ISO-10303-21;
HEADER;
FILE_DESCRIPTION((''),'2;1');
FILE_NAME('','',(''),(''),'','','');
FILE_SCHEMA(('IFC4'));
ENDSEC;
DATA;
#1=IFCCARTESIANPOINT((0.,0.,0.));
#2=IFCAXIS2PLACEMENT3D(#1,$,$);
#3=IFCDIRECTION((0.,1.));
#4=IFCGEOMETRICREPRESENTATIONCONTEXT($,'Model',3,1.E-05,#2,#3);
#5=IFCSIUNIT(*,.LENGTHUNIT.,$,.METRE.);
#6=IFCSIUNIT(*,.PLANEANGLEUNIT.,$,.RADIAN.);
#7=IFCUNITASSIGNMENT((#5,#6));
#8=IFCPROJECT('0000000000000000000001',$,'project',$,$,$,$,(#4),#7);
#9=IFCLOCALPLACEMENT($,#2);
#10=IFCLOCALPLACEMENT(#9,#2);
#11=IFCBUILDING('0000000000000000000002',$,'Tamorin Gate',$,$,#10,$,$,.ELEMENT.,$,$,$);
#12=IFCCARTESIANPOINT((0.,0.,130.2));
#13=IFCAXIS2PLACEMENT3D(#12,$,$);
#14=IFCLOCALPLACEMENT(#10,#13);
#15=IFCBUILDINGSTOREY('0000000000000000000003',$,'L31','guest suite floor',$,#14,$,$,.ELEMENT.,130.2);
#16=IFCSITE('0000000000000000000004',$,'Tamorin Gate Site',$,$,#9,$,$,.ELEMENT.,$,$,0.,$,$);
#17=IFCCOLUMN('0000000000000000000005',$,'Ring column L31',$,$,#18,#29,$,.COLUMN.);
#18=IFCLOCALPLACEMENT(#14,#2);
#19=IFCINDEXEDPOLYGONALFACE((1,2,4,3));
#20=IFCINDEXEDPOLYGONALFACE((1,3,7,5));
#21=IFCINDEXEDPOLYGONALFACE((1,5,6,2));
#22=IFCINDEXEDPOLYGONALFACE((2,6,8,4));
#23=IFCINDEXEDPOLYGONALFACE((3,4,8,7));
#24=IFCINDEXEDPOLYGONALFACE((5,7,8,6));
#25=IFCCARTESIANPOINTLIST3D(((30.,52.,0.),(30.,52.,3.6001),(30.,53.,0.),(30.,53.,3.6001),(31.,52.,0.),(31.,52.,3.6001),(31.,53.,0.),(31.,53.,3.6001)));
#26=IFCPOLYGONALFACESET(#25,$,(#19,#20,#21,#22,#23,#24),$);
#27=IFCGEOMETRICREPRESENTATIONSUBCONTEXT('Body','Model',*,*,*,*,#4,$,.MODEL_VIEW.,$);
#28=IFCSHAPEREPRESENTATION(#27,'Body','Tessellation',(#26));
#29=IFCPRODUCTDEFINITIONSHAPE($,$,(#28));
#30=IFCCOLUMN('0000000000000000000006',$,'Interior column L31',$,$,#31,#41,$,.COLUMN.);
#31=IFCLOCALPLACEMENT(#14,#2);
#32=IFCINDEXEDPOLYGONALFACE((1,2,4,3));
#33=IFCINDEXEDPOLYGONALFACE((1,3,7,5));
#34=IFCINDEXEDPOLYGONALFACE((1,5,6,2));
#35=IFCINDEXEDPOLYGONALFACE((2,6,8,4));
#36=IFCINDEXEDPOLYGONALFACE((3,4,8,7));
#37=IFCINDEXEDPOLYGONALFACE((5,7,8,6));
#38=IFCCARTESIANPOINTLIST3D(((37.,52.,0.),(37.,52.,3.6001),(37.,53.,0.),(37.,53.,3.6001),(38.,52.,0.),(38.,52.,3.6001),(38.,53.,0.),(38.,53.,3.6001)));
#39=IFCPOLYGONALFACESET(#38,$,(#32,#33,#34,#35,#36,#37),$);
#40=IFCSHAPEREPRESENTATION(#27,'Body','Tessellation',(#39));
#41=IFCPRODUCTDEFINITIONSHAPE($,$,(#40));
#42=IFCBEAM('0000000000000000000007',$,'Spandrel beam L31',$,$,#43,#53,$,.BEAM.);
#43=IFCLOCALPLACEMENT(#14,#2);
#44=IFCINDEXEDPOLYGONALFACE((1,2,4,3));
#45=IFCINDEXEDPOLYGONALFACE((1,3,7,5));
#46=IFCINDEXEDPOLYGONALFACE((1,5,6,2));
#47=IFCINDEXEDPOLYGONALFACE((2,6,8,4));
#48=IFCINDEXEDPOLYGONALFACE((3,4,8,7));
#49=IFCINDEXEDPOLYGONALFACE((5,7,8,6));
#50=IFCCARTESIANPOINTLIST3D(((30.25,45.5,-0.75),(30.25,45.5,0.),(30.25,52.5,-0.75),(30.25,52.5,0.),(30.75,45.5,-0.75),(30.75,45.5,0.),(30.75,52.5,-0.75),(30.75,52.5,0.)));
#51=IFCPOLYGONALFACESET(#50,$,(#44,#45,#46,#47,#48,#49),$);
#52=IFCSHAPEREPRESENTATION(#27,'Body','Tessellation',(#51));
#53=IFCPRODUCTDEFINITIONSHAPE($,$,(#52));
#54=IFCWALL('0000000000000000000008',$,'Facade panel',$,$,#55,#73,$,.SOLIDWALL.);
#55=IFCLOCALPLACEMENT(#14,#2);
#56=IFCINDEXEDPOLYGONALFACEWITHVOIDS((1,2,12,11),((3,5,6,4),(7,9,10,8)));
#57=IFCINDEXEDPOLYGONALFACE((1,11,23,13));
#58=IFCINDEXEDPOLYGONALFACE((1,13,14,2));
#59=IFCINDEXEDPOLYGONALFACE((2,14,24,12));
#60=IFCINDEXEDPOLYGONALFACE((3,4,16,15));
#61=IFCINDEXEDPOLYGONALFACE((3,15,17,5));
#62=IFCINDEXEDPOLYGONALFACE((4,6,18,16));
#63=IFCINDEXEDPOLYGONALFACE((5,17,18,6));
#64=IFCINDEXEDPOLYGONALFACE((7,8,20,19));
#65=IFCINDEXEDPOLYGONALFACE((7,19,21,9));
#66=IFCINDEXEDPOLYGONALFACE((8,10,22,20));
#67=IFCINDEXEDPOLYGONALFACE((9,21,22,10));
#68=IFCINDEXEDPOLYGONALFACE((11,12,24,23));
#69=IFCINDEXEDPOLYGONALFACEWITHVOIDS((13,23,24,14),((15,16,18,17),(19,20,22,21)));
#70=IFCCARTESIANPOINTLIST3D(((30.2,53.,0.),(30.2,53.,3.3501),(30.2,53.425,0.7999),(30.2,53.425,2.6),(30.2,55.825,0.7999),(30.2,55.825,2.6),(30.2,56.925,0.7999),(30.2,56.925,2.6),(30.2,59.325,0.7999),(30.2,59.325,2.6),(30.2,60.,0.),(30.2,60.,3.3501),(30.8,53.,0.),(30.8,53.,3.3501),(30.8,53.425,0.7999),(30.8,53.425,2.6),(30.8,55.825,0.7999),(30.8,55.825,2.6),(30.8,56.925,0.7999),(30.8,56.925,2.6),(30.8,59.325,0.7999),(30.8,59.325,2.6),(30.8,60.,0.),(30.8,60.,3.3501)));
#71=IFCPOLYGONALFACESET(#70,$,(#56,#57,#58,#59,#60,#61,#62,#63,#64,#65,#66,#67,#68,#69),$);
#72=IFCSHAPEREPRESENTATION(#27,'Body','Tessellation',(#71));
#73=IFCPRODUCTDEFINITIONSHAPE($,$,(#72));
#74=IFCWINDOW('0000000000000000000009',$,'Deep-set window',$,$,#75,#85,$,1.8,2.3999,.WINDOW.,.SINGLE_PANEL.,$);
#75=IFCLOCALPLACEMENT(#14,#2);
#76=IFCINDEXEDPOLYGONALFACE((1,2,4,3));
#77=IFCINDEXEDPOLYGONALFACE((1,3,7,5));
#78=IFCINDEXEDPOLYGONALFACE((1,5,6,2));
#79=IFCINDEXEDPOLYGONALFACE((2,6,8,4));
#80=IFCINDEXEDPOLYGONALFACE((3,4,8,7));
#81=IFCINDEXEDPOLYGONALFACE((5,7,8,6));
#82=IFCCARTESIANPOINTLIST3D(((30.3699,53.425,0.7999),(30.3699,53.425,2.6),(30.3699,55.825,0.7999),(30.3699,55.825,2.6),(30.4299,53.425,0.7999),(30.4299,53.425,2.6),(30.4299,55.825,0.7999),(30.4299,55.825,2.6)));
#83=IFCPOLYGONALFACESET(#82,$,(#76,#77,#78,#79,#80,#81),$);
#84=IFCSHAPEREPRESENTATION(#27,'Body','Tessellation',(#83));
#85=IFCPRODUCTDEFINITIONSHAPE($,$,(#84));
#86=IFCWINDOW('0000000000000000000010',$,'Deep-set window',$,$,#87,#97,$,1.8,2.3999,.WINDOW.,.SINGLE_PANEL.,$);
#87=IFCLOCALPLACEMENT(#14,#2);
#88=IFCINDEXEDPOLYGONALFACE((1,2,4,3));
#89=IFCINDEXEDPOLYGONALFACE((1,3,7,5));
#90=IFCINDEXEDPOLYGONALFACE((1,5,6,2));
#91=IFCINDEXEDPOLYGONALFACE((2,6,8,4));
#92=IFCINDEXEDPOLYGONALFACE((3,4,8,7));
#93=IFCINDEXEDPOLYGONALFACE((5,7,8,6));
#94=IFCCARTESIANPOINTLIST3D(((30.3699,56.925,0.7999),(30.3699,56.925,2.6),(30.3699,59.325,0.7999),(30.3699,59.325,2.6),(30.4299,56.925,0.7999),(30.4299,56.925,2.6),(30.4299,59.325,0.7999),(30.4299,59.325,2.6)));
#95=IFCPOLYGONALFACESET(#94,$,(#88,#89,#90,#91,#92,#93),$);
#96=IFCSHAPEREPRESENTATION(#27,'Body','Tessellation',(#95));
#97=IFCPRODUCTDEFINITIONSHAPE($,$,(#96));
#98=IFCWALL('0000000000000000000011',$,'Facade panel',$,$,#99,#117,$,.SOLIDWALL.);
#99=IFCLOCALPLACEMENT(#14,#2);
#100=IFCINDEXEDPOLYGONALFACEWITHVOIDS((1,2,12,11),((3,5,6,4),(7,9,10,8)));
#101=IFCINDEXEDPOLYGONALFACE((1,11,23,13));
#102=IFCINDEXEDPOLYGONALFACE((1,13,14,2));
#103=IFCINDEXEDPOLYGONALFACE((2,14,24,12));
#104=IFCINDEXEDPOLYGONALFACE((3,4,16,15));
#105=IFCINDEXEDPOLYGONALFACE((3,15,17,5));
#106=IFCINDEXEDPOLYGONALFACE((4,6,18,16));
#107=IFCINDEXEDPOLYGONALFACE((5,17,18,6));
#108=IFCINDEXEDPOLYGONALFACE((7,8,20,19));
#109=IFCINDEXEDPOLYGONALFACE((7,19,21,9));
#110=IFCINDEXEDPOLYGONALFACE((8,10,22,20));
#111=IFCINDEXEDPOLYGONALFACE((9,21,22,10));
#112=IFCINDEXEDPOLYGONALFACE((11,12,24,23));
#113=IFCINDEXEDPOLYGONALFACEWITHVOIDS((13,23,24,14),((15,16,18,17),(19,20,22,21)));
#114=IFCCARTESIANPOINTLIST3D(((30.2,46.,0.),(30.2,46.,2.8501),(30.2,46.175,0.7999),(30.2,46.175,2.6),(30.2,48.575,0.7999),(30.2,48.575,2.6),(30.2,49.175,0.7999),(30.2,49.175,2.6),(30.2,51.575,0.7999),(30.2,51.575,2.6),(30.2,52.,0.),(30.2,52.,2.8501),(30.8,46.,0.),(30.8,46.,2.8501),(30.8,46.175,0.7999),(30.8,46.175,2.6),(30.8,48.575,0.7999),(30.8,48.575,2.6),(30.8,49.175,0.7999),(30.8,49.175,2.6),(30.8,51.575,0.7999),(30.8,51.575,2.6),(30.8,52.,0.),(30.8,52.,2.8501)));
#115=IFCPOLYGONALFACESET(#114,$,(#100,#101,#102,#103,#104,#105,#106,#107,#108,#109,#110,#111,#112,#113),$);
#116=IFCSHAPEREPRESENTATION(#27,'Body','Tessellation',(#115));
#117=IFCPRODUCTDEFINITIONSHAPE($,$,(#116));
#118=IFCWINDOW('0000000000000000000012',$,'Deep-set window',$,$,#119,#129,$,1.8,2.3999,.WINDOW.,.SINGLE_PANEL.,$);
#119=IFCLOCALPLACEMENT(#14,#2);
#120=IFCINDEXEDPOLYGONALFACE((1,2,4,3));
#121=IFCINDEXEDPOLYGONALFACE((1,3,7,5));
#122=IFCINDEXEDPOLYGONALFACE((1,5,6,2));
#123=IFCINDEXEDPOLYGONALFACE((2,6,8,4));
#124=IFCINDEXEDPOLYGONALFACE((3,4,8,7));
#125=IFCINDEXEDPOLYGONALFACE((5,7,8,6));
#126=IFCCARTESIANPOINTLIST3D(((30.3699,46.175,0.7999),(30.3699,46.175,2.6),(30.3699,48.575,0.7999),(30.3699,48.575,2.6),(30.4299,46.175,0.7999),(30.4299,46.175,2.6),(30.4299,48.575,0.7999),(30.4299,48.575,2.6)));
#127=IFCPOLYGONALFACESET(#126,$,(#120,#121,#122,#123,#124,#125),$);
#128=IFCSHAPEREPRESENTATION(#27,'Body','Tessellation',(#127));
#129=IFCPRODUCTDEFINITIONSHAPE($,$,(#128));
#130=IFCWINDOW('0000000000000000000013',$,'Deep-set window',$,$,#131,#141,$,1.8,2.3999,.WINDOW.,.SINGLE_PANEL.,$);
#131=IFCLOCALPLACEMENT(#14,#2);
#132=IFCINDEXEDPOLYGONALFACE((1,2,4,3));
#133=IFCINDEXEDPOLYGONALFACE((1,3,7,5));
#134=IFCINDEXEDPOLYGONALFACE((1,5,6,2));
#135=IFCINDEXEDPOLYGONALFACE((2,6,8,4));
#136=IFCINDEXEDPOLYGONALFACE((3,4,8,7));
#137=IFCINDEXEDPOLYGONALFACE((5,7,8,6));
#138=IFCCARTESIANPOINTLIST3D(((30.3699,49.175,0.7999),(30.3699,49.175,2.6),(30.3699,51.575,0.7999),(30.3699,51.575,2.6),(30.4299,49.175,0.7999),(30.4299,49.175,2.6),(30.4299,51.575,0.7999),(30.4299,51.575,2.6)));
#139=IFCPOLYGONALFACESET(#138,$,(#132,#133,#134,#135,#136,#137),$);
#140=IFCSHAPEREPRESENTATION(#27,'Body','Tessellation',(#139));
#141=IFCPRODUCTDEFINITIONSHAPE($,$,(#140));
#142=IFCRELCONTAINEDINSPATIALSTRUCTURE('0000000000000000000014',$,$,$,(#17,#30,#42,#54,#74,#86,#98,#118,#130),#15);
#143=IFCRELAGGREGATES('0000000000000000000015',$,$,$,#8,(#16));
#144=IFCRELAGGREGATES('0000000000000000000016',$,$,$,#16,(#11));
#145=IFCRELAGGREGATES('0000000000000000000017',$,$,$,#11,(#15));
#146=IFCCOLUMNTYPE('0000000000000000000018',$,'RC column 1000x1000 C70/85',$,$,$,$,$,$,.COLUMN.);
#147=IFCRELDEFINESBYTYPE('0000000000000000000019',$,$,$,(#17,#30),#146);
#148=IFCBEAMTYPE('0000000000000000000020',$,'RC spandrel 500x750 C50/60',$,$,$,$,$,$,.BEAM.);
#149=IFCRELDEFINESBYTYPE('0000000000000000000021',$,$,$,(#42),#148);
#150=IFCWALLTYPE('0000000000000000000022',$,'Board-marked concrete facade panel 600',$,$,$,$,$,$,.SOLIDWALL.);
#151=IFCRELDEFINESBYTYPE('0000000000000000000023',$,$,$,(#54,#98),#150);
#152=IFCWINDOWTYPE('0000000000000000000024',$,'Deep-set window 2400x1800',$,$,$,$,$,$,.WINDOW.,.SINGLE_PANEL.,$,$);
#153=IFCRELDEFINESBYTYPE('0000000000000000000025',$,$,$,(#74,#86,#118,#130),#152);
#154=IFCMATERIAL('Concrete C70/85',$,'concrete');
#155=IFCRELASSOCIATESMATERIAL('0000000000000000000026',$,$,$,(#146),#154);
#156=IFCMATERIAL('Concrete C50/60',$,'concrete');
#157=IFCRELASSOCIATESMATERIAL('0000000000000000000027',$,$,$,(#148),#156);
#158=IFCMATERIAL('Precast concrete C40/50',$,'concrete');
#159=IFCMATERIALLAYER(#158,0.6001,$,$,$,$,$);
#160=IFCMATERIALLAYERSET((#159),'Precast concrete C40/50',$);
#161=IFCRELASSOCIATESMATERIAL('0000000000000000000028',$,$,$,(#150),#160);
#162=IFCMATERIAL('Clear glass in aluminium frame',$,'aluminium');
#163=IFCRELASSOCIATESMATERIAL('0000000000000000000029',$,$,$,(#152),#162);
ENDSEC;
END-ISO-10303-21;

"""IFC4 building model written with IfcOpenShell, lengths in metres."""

from ifc_helpers import new_model, si_unit, direction, frame, frame_2d, origin, origin_2d, place, context, subcontext, project, spatial, rectangle, extrude, material, layer, layer_set, material_profile, profile_set, type_object, element, fill, save


model = new_model("IFC4")

# Units and contexts
model_context = context("Model", 3, precision=1e-05, world=origin(), true_north=direction((0.0, 1.0)))
body_context = subcontext(model_context, "Body", "Model", "MODEL_VIEW")
ifc_project = project(units=[si_unit("LENGTHUNIT", "METRE"), si_unit("PLANEANGLEUNIT", "RADIAN")], contexts=[model_context])

# Site, building, storey
site_placement = place(None, origin())
site = spatial("IfcSite", under=ifc_project, at=site_placement, Name="Tamorin Gate Site", CompositionType="ELEMENT", RefElevation=0.0)
building_placement = place(site_placement, origin())
building = spatial("IfcBuilding", under=site, at=building_placement, Name="Tamorin Gate", CompositionType="ELEMENT")
storey_placement = place(building_placement, frame((0.0, 0.0, 130.2)))
storey = spatial("IfcBuildingStorey", under=building, at=storey_placement, Name="L31", Description="guest suite floor", CompositionType="ELEMENT", Elevation=130.2)

# Columns
ifc_material_1 = material(Name="Concrete C70/85", Category="concrete")
ifc_material_profile_1 = material_profile(ifc_material_1, rectangle(XDim=1.0, YDim=1.0, at=origin_2d()), Name="RC 1000x1000")
ifc_profile_set_1 = profile_set([ifc_material_profile_1], Name="Concrete C70/85")
column_type = type_object("IfcColumnType", Name="RC column 1000x1000 C70/85", PredefinedType="COLUMN", material=ifc_profile_set_1)
for number, where, z_axis, x_axis, name in (
    (1, (30.5, 52.5, 0.0), (0.0, 0.0, 1.0), (1.0, 0.0, 0.0), "Ring column L31"),
    (2, (37.5, 52.5, 0.0), (0.0, 0.0, 1.0), (1.0, 0.0, 0.0), "Interior column L31"),
):
    element("IfcColumn", number, at=place(storey_placement, frame(where, z_axis=z_axis, x_axis=x_axis)), inside=storey, type_object=column_type, Name=name, PredefinedType="COLUMN", context=body_context, shape_type="SweptSolid", body=[
        extrude(rectangle(XDim=1.0, YDim=1.0, at=origin_2d()), origin(), (0.0, 0.0, 1.0), 3.6001),
    ])

# Beam
ifc_material_2 = material(Name="Concrete C50/60", Category="concrete")
ifc_material_profile_2 = material_profile(ifc_material_2, rectangle(XDim=0.5, YDim=0.75, at=origin_2d()), Name="RC 500x750")
ifc_profile_set_2 = profile_set([ifc_material_profile_2], Name="Concrete C50/60")
beam_type = type_object("IfcBeamType", Name="RC spandrel 500x750 C50/60", PredefinedType="BEAM", material=ifc_profile_set_2)
beam_placement = place(storey_placement, frame((30.5, 52.5, -0.375), z_axis=(0.0, -1.0, 0.0), x_axis=(1.0, 0.0, 0.0)))
element("IfcBeam", 3, at=beam_placement, inside=storey, type_object=beam_type, Name="Spandrel beam L31", PredefinedType="BEAM", context=body_context, shape_type="SweptSolid", body=[
    extrude(rectangle(XDim=0.5, YDim=0.75, at=origin_2d()), origin(), (0.0, 0.0, 1.0), 7.0),
])

# Walls, openings, windows
ifc_material_3 = material(Name="Precast concrete C40/50", Category="concrete")
ifc_layer_1 = layer(ifc_material_3, 0.6001)
ifc_layer_set_1 = layer_set([ifc_layer_1], Name="Precast concrete C40/50")
wall_type_1 = type_object("IfcWallType", Name="Board-marked concrete facade panel 600", PredefinedType="SOLIDWALL", material=ifc_layer_set_1)
wall_1_placement = place(storey_placement, frame((30.5, 60.0, 0.0), z_axis=(0.0, 0.0, 1.0), x_axis=(0.0, -1.0, 0.0)))
wall_1 = element("IfcWall", 4, at=wall_1_placement, inside=storey, type_object=wall_type_1, Name="Facade panel", PredefinedType="SOLIDWALL", context=body_context, shape_type="SweptSolid", body=[
    extrude(rectangle(XDim=7.0, YDim=0.6001, at=frame_2d((3.5, 0.0))), origin(), (0.0, 0.0, 1.0), 3.3501),
])
opening_1_placement = place(wall_1_placement, frame((4.175, 0.0, 0.8)))
opening_1 = element("IfcOpeningElement", 5, at=opening_1_placement, cuts=wall_1, PredefinedType="OPENING", context=body_context, shape_type="SweptSolid", body=[
    extrude(rectangle(XDim=2.3999, YDim=1.8, at=frame_2d((1.2, 0.8999))), frame((0.0, 0.3101, 0.0), z_axis=(0.0, -1.0, 0.0), x_axis=(1.0, 0.0, 0.0)), (0.0, 0.0, 1.0), 0.6201),
])
opening_2_placement = place(wall_1_placement, frame((0.675, 0.0, 0.8)))
opening_2 = element("IfcOpeningElement", 6, at=opening_2_placement, cuts=wall_1, PredefinedType="OPENING", context=body_context, shape_type="SweptSolid", body=[
    extrude(rectangle(XDim=2.3999, YDim=1.8, at=frame_2d((1.2, 0.8999))), frame((0.0, 0.3101, 0.0), z_axis=(0.0, -1.0, 0.0), x_axis=(1.0, 0.0, 0.0)), (0.0, 0.0, 1.0), 0.6201),
])
ifc_material_4 = material(Name="Clear glass in aluminium frame", Category="aluminium")
window_type = type_object("IfcWindowType", Name="Deep-set window 2400x1800", PartitioningType="SINGLE_PANEL", PredefinedType="WINDOW", material=ifc_material_4)
window_1_placement = place(opening_1_placement, origin())
window_1 = element("IfcWindow", 7, at=window_1_placement, inside=storey, type_object=window_type, Name="Deep-set window", OverallHeight=1.8, OverallWidth=2.3999, PartitioningType="SINGLE_PANEL", PredefinedType="WINDOW", context=body_context, shape_type="SweptSolid", body=[
    extrude(rectangle(XDim=2.3999, YDim=1.8, at=frame_2d((1.2, 0.8999))), frame((0.0, -0.0701, 0.0), z_axis=(0.0, -1.0, 0.0), x_axis=(1.0, 0.0, 0.0)), (0.0, 0.0, 1.0), 0.0601),
])
fill(opening_1, window_1)
window_2_placement = place(opening_2_placement, origin())
window_2 = element("IfcWindow", 8, at=window_2_placement, inside=storey, type_object=window_type, Name="Deep-set window", OverallHeight=1.8, OverallWidth=2.3999, PartitioningType="SINGLE_PANEL", PredefinedType="WINDOW", context=body_context, shape_type="SweptSolid", body=[
    extrude(rectangle(XDim=2.3999, YDim=1.8, at=frame_2d((1.2, 0.8999))), frame((0.0, -0.0701, 0.0), z_axis=(0.0, -1.0, 0.0), x_axis=(1.0, 0.0, 0.0)), (0.0, 0.0, 1.0), 0.0601),
])
fill(opening_2, window_2)
wall_2_placement = place(storey_placement, frame((30.5, 52.0, 0.0), z_axis=(0.0, 0.0, 1.0), x_axis=(0.0, -1.0, 0.0)))
wall_2 = element("IfcWall", 9, at=wall_2_placement, inside=storey, type_object=wall_type_1, Name="Facade panel", PredefinedType="SOLIDWALL", context=body_context, shape_type="SweptSolid", body=[
    extrude(rectangle(XDim=6.0, YDim=0.6001, at=frame_2d((3.0, 0.0))), origin(), (0.0, 0.0, 1.0), 2.8501),
])
opening_3_placement = place(wall_2_placement, frame((3.425, 0.0, 0.8)))
opening_3 = element("IfcOpeningElement", 10, at=opening_3_placement, cuts=wall_2, PredefinedType="OPENING", context=body_context, shape_type="SweptSolid", body=[
    extrude(rectangle(XDim=2.3999, YDim=1.8, at=frame_2d((1.2, 0.8999))), frame((0.0, 0.3101, 0.0), z_axis=(0.0, -1.0, 0.0), x_axis=(1.0, 0.0, 0.0)), (0.0, 0.0, 1.0), 0.6201),
])
opening_4_placement = place(wall_2_placement, frame((0.425, 0.0, 0.8)))
opening_4 = element("IfcOpeningElement", 11, at=opening_4_placement, cuts=wall_2, PredefinedType="OPENING", context=body_context, shape_type="SweptSolid", body=[
    extrude(rectangle(XDim=2.3999, YDim=1.8, at=frame_2d((1.2, 0.8999))), frame((0.0, 0.3101, 0.0), z_axis=(0.0, -1.0, 0.0), x_axis=(1.0, 0.0, 0.0)), (0.0, 0.0, 1.0), 0.6201),
])
window_3_placement = place(opening_3_placement, origin())
window_3 = element("IfcWindow", 12, at=window_3_placement, inside=storey, type_object=window_type, Name="Deep-set window", OverallHeight=1.8, OverallWidth=2.3999, PartitioningType="SINGLE_PANEL", PredefinedType="WINDOW", context=body_context, shape_type="SweptSolid", body=[
    extrude(rectangle(XDim=2.3999, YDim=1.8, at=frame_2d((1.2, 0.8999))), frame((0.0, -0.0701, 0.0), z_axis=(0.0, -1.0, 0.0), x_axis=(1.0, 0.0, 0.0)), (0.0, 0.0, 1.0), 0.0601),
])
fill(opening_3, window_3)
window_4_placement = place(opening_4_placement, origin())
window_4 = element("IfcWindow", 13, at=window_4_placement, inside=storey, type_object=window_type, Name="Deep-set window", OverallHeight=1.8, OverallWidth=2.3999, PartitioningType="SINGLE_PANEL", PredefinedType="WINDOW", context=body_context, shape_type="SweptSolid", body=[
    extrude(rectangle(XDim=2.3999, YDim=1.8, at=frame_2d((1.2, 0.8999))), frame((0.0, -0.0701, 0.0), z_axis=(0.0, -1.0, 0.0), x_axis=(1.0, 0.0, 0.0)), (0.0, 0.0, 1.0), 0.0601),
])
fill(opening_4, window_4)

save(model, "model.ifc")
